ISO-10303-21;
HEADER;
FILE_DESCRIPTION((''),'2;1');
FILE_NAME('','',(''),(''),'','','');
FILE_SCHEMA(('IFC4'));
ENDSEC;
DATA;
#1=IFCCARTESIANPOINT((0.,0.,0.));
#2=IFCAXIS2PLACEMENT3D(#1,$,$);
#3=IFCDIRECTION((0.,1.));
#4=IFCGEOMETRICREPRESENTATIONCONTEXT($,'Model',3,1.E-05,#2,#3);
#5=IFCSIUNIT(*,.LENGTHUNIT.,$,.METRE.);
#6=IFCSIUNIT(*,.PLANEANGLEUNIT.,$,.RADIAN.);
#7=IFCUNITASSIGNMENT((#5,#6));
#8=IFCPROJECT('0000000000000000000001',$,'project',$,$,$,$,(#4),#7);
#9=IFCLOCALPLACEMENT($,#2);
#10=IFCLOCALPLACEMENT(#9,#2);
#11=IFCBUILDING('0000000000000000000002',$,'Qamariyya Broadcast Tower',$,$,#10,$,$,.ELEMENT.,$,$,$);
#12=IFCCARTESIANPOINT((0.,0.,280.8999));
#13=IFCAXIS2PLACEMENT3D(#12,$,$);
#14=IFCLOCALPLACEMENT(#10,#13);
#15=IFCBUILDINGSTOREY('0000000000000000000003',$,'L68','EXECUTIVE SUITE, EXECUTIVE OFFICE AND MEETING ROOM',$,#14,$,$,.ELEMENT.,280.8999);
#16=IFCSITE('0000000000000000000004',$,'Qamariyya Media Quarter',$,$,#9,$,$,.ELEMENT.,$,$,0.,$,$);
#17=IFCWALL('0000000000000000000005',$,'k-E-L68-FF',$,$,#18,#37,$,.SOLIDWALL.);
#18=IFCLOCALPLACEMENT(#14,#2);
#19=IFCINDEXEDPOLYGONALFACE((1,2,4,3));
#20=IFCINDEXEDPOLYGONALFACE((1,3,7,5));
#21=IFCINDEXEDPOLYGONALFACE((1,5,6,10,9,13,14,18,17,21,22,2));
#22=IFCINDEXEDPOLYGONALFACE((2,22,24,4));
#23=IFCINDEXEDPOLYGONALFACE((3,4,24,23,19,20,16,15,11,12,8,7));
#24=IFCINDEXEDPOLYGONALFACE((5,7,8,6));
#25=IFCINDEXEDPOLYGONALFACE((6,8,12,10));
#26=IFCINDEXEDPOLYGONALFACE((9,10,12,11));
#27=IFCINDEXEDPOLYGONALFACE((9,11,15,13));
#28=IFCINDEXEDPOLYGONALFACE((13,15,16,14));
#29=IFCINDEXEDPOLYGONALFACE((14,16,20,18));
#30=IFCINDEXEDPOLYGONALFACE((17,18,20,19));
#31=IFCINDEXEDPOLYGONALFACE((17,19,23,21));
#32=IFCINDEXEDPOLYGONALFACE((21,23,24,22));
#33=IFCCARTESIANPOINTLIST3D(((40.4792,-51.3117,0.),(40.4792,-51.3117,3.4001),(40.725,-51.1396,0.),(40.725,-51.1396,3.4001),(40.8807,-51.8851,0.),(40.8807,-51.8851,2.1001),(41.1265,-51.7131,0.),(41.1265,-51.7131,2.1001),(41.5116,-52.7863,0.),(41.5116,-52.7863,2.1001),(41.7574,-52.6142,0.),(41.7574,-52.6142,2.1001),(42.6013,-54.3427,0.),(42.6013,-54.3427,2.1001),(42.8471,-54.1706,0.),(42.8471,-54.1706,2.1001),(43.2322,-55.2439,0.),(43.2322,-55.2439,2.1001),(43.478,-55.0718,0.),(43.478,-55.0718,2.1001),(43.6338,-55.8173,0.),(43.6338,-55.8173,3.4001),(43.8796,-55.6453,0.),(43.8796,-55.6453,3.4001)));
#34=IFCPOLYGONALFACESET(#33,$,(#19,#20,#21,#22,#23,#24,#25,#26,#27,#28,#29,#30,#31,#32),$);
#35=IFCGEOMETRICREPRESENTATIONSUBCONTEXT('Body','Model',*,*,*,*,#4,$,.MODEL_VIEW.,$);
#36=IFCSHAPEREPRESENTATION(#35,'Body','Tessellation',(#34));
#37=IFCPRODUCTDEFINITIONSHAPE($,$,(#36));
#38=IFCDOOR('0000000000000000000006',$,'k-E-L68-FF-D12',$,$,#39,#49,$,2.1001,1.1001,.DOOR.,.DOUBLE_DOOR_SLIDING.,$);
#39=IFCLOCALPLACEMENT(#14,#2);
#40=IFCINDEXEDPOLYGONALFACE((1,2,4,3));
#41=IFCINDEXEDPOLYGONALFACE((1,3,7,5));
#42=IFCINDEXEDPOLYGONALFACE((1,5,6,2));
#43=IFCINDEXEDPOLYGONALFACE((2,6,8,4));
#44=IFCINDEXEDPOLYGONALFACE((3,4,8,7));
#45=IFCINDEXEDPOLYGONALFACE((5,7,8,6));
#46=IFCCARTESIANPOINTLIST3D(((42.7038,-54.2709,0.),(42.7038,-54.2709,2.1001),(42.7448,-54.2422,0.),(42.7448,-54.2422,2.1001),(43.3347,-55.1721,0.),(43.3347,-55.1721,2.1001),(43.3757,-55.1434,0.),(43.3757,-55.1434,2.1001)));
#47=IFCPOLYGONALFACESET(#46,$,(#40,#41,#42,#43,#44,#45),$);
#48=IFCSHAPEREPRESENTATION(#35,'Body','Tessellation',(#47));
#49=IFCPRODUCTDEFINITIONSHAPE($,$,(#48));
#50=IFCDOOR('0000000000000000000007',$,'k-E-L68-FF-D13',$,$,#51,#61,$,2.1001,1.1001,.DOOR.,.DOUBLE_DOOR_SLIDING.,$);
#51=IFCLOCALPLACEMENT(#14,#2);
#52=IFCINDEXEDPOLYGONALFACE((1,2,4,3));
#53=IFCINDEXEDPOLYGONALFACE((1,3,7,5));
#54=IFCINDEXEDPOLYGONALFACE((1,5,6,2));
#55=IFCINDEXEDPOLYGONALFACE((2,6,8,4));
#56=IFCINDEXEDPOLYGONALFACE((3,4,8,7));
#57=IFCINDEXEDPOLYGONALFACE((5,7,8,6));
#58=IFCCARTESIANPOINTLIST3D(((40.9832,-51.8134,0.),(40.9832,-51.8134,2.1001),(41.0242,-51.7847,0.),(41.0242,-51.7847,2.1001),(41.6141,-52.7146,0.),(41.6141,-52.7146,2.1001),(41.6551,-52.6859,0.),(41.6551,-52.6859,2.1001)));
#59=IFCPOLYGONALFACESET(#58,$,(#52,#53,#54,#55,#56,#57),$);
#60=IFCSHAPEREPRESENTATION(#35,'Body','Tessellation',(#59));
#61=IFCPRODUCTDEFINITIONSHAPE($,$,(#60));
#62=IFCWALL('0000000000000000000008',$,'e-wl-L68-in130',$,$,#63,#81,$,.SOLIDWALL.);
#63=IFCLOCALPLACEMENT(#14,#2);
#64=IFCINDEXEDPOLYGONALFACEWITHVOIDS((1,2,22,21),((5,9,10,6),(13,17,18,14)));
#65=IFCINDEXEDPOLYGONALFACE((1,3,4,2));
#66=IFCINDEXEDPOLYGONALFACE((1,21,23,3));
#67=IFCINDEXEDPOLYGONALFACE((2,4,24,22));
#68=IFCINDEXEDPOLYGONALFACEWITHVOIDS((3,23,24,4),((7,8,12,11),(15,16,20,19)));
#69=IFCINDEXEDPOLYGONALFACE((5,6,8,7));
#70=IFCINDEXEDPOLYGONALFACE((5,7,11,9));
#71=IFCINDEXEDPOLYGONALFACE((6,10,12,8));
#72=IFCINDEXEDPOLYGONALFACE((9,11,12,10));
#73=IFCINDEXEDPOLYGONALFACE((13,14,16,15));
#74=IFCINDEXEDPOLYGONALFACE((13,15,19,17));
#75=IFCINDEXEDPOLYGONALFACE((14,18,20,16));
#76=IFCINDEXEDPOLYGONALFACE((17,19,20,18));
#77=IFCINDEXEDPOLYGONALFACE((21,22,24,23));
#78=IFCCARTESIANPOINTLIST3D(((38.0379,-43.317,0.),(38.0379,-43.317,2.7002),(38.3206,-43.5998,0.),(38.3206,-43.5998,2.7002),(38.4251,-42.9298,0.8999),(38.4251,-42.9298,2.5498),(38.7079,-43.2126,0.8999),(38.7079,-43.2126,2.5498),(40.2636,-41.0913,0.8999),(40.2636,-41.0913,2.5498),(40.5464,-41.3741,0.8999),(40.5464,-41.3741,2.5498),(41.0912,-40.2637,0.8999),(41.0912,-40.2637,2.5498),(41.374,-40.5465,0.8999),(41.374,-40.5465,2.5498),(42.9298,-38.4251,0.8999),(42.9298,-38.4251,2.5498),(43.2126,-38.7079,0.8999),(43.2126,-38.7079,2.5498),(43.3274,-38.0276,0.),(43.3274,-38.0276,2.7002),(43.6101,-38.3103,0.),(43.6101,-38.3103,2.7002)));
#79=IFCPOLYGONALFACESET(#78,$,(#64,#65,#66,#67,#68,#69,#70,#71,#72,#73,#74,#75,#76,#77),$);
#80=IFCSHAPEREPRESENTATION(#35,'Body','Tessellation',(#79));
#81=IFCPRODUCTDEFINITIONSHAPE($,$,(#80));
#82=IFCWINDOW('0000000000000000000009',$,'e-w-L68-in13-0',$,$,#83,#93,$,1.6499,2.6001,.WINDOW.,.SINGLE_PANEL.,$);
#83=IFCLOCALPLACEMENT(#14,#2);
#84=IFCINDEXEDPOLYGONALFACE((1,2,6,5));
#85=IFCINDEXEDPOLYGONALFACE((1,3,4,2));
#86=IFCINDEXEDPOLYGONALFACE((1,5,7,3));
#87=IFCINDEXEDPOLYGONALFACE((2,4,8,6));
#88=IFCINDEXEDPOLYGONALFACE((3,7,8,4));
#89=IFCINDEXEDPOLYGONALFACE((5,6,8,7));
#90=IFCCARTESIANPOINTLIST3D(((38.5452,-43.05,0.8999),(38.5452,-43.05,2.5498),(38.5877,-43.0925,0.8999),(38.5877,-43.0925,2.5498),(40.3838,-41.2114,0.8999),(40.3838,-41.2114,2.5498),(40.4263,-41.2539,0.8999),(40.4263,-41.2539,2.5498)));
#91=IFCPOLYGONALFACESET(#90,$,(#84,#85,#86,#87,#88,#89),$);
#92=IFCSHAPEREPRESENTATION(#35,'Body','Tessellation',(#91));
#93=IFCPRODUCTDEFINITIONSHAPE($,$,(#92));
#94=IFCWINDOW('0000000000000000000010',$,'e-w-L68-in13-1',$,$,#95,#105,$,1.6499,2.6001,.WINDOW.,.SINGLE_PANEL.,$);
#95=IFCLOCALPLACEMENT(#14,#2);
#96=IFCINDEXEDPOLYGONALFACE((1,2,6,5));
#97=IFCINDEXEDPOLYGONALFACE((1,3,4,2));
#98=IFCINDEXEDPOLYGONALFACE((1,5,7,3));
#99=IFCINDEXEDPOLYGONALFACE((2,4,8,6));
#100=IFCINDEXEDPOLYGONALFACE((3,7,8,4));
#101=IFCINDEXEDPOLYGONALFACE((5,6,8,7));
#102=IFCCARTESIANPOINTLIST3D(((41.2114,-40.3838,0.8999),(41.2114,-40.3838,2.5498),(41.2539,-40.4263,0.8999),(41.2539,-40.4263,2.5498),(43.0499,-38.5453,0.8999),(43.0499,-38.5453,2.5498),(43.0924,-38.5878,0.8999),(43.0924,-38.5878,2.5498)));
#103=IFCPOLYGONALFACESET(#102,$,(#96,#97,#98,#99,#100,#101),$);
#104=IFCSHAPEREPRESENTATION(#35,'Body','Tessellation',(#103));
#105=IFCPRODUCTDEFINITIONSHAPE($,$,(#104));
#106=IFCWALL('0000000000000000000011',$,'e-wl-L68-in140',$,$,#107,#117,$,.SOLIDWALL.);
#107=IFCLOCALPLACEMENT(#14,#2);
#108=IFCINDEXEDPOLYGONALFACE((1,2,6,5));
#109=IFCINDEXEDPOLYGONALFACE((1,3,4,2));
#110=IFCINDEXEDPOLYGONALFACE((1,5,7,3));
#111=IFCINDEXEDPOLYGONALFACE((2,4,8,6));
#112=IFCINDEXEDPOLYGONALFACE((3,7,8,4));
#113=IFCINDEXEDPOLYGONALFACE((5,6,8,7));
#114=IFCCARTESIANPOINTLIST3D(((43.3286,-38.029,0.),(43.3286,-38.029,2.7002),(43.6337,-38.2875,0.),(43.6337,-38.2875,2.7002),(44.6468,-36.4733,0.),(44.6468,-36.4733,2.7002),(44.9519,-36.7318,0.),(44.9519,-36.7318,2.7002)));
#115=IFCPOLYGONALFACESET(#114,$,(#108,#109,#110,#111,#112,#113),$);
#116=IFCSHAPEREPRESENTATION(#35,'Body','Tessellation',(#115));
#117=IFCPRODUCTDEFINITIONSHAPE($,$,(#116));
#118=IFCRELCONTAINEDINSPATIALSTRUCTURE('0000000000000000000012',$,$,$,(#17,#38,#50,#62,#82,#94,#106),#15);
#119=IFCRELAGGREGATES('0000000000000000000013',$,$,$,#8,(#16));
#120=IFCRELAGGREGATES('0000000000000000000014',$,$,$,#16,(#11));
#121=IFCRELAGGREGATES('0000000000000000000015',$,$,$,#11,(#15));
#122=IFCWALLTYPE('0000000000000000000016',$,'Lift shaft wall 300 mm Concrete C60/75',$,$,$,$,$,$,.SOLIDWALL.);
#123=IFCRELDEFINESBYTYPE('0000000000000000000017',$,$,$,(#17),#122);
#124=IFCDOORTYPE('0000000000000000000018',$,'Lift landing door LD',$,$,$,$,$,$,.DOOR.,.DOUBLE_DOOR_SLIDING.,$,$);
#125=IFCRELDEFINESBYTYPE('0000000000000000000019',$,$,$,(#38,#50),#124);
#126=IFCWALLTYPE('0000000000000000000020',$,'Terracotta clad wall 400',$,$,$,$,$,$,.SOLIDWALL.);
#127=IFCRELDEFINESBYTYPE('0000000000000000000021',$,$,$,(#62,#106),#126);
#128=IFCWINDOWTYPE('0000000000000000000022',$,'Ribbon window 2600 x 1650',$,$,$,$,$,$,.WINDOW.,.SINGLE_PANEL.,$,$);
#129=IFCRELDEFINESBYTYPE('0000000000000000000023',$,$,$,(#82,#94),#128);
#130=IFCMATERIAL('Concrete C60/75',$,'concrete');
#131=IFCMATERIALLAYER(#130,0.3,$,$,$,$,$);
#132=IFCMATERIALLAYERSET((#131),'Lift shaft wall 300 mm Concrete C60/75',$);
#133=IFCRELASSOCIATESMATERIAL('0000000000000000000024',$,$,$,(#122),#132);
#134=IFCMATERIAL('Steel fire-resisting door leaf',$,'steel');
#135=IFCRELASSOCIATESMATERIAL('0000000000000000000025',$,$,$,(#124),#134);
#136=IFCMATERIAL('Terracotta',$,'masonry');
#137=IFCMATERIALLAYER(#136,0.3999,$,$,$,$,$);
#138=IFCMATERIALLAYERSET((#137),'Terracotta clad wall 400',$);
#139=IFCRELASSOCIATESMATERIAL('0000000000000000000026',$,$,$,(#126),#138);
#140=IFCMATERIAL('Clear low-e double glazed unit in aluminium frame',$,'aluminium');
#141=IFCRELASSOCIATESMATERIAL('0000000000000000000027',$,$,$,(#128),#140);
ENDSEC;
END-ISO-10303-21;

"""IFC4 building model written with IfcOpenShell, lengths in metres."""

from ifc_helpers import new_model, si_unit, direction, frame, frame_2d, origin, place, context, subcontext, project, spatial, rectangle, extrude, material, layer, layer_set, type_object, element, fill, save


model = new_model("IFC4")

# Units and contexts
model_context = context("Model", 3, precision=1e-05, world=origin(), true_north=direction((0.0, 1.0)))
body_context = subcontext(model_context, "Body", "Model", "MODEL_VIEW")
ifc_project = project(units=[si_unit("LENGTHUNIT", "METRE"), si_unit("PLANEANGLEUNIT", "RADIAN")], contexts=[model_context])

# Site, building, storey
site_placement = place(None, origin())
site = spatial("IfcSite", under=ifc_project, at=site_placement, Name="Qamariyya Media Quarter", CompositionType="ELEMENT", RefElevation=0.0)
building_placement = place(site_placement, origin())
building = spatial("IfcBuilding", under=site, at=building_placement, Name="Qamariyya Broadcast Tower", CompositionType="ELEMENT")
storey_placement = place(building_placement, frame((0.0, 0.0, 280.8999)))
storey = spatial("IfcBuildingStorey", under=building, at=storey_placement, Name="L68", Description="EXECUTIVE SUITE, EXECUTIVE OFFICE AND MEETING ROOM", CompositionType="ELEMENT", Elevation=280.8999)

# Shared definitions
ifc_material_1 = material(Name="Concrete C60/75", Category="concrete")

# Shared definitions
ifc_layer_1 = layer(ifc_material_1, 0.3)
ifc_layer_set_1 = layer_set([ifc_layer_1], Name="Lift shaft wall 300 mm Concrete C60/75")
wall_type_1 = type_object("IfcWallType", Name="Lift shaft wall 300 mm Concrete C60/75", PredefinedType="SOLIDWALL", material=ifc_layer_set_1)
ifc_material_2 = material(Name="Steel fire-resisting door leaf", Category="steel")

# Wall, openings, doors
wall_1_placement = place(storey_placement, frame((43.7566, -55.7312, 0.0), z_axis=(0.0, 0.0, 1.0), x_axis=(-0.573537, 0.81918, 0.0)))
wall_1 = element("IfcWall", 1, at=wall_1_placement, inside=storey, type_object=wall_type_1, Name="k-E-L68-FF", PredefinedType="SOLIDWALL", context=body_context, shape_type="SweptSolid", body=[
    extrude(rectangle(XDim=5.5002, YDim=0.3, at=frame_2d((2.75, 0.0))), origin(), (0.0, 0.0, 1.0), 3.4001),
])
opening_1_placement = place(wall_1_placement, frame((0.7, 0.0, 0.0)))
opening_1 = element("IfcOpeningElement", 2, at=opening_1_placement, cuts=wall_1, PredefinedType="OPENING", context=body_context, shape_type="SweptSolid", body=[
    extrude(rectangle(XDim=1.1001, YDim=2.1001, at=frame_2d((0.55, 1.05))), frame((0.0, 0.1599, 0.0), z_axis=(0.0, -1.0, 0.0), x_axis=(1.0, 0.0, 0.0)), (0.0, 0.0, 1.0), 0.3201),
])
opening_2_placement = place(wall_1_placement, frame((3.7, 0.0, 0.0)))
opening_2 = element("IfcOpeningElement", 3, at=opening_2_placement, cuts=wall_1, PredefinedType="OPENING", context=body_context, shape_type="SweptSolid", body=[
    extrude(rectangle(XDim=1.1001, YDim=2.1001, at=frame_2d((0.55, 1.05))), frame((0.0, 0.1599, 0.0), z_axis=(0.0, -1.0, 0.0), x_axis=(1.0, 0.0, 0.0)), (0.0, 0.0, 1.0), 0.3201),
])
door_type_1 = type_object("IfcDoorType", Name="Lift landing door LD", OperationType="DOUBLE_DOOR_SLIDING", PredefinedType="DOOR", material=ifc_material_2)
door_1_placement = place(opening_1_placement, origin())
door_1 = element("IfcDoor", 4, at=door_1_placement, inside=storey, type_object=door_type_1, Name="k-E-L68-FF-D12", OperationType="DOUBLE_DOOR_SLIDING", OverallHeight=2.1001, OverallWidth=1.1001, PredefinedType="DOOR", context=body_context, shape_type="SweptSolid", body=[
    extrude(rectangle(XDim=1.1001, YDim=2.1001, at=frame_2d((0.55, 1.05))), frame((0.0, 0.0249, 0.0), z_axis=(0.0, -1.0, 0.0), x_axis=(1.0, 0.0, 0.0)), (0.0, 0.0, 1.0), 0.05),
])
fill(opening_1, door_1)
door_2_placement = place(opening_2_placement, origin())
door_2 = element("IfcDoor", 5, at=door_2_placement, inside=storey, type_object=door_type_1, Name="k-E-L68-FF-D13", OperationType="DOUBLE_DOOR_SLIDING", OverallHeight=2.1001, OverallWidth=1.1001, PredefinedType="DOOR", context=body_context, shape_type="SweptSolid", body=[
    extrude(rectangle(XDim=1.1001, YDim=2.1001, at=frame_2d((0.55, 1.05))), frame((0.0, 0.0249, 0.0), z_axis=(0.0, -1.0, 0.0), x_axis=(1.0, 0.0, 0.0)), (0.0, 0.0, 1.0), 0.05),
])
fill(opening_2, door_2)

# Wall, openings, windows
ifc_material_3 = material(Name="Terracotta", Category="masonry")
ifc_layer_2 = layer(ifc_material_3, 0.3999)
ifc_layer_set_2 = layer_set([ifc_layer_2], Name="Terracotta clad wall 400")
wall_type_2 = type_object("IfcWallType", Name="Terracotta clad wall 400", PredefinedType="SOLIDWALL", material=ifc_layer_set_2)
wall_2_placement = place(storey_placement, frame((43.4688, -38.1689, 0.0), z_axis=(0.0, 0.0, 1.0), x_axis=(-0.707107, -0.707107, 0.0)))
wall_2 = element("IfcWall", 6, at=wall_2_placement, inside=storey, type_object=wall_type_2, Name="e-wl-L68-in130", PredefinedType="SOLIDWALL", context=body_context, shape_type="SweptSolid", body=[
    extrude(rectangle(XDim=7.4805, YDim=0.3999, at=frame_2d((3.7402, 0.0))), origin(), (0.0, 0.0, 1.0), 2.7002),
])
opening_3_placement = place(wall_2_placement, frame((4.3328, 0.0, 0.8999)))
opening_3 = element("IfcOpeningElement", 7, at=opening_3_placement, cuts=wall_2, PredefinedType="OPENING", context=body_context, shape_type="SweptSolid", body=[
    extrude(rectangle(XDim=2.6001, YDim=1.6499, at=frame_2d((1.3, 0.825))), frame((0.0, 0.21, 0.0), z_axis=(0.0, -1.0, 0.0), x_axis=(1.0, 0.0, 0.0)), (0.0, 0.0, 1.0), 0.4199),
])
opening_4_placement = place(wall_2_placement, frame((0.5623, 0.0, 0.8999)))
opening_4 = element("IfcOpeningElement", 8, at=opening_4_placement, cuts=wall_2, PredefinedType="OPENING", context=body_context, shape_type="SweptSolid", body=[
    extrude(rectangle(XDim=2.6001, YDim=1.6499, at=frame_2d((1.3, 0.825))), frame((0.0, 0.21, 0.0), z_axis=(0.0, -1.0, 0.0), x_axis=(1.0, 0.0, 0.0)), (0.0, 0.0, 1.0), 0.4199),
])
ifc_material_4 = material(Name="Clear low-e double glazed unit in aluminium frame", Category="aluminium")
window_type = type_object("IfcWindowType", Name="Ribbon window 2600 x 1650", PartitioningType="SINGLE_PANEL", PredefinedType="WINDOW", material=ifc_material_4)
window_1_placement = place(opening_3_placement, origin())
window_1 = element("IfcWindow", 9, at=window_1_placement, inside=storey, type_object=window_type, Name="e-w-L68-in13-0", OverallHeight=1.6499, OverallWidth=2.6001, PartitioningType="SINGLE_PANEL", PredefinedType="WINDOW", context=body_context, shape_type="SweptSolid", body=[
    extrude(rectangle(XDim=2.6001, YDim=1.6499, at=frame_2d((1.3, 0.825))), frame((0.0, 0.03, 0.0), z_axis=(0.0, -1.0, 0.0), x_axis=(1.0, 0.0, 0.0)), (0.0, 0.0, 1.0), 0.0601),
])
fill(opening_3, window_1)
window_2_placement = place(opening_4_placement, origin())
window_2 = element("IfcWindow", 10, at=window_2_placement, inside=storey, type_object=window_type, Name="e-w-L68-in13-1", OverallHeight=1.6499, OverallWidth=2.6001, PartitioningType="SINGLE_PANEL", PredefinedType="WINDOW", context=body_context, shape_type="SweptSolid", body=[
    extrude(rectangle(XDim=2.6001, YDim=1.6499, at=frame_2d((1.3, 0.825))), frame((0.0, 0.03, 0.0), z_axis=(0.0, -1.0, 0.0), x_axis=(1.0, 0.0, 0.0)), (0.0, 0.0, 1.0), 0.0601),
])
fill(opening_4, window_2)

# Wall
wall_3_placement = place(storey_placement, frame((44.7993, -36.6025, 0.0), z_axis=(0.0, 0.0, 1.0), x_axis=(-0.646452, -0.762955, 0.0)))
element("IfcWall", 11, at=wall_3_placement, inside=storey, type_object=wall_type_2, Name="e-wl-L68-in140", PredefinedType="SOLIDWALL", context=body_context, shape_type="SweptSolid", body=[
    extrude(rectangle(XDim=2.0391, YDim=0.3999, at=frame_2d((1.0195, 0.0))), origin(), (0.0, 0.0, 1.0), 2.7002),
])

save(model, "model.ifc")
